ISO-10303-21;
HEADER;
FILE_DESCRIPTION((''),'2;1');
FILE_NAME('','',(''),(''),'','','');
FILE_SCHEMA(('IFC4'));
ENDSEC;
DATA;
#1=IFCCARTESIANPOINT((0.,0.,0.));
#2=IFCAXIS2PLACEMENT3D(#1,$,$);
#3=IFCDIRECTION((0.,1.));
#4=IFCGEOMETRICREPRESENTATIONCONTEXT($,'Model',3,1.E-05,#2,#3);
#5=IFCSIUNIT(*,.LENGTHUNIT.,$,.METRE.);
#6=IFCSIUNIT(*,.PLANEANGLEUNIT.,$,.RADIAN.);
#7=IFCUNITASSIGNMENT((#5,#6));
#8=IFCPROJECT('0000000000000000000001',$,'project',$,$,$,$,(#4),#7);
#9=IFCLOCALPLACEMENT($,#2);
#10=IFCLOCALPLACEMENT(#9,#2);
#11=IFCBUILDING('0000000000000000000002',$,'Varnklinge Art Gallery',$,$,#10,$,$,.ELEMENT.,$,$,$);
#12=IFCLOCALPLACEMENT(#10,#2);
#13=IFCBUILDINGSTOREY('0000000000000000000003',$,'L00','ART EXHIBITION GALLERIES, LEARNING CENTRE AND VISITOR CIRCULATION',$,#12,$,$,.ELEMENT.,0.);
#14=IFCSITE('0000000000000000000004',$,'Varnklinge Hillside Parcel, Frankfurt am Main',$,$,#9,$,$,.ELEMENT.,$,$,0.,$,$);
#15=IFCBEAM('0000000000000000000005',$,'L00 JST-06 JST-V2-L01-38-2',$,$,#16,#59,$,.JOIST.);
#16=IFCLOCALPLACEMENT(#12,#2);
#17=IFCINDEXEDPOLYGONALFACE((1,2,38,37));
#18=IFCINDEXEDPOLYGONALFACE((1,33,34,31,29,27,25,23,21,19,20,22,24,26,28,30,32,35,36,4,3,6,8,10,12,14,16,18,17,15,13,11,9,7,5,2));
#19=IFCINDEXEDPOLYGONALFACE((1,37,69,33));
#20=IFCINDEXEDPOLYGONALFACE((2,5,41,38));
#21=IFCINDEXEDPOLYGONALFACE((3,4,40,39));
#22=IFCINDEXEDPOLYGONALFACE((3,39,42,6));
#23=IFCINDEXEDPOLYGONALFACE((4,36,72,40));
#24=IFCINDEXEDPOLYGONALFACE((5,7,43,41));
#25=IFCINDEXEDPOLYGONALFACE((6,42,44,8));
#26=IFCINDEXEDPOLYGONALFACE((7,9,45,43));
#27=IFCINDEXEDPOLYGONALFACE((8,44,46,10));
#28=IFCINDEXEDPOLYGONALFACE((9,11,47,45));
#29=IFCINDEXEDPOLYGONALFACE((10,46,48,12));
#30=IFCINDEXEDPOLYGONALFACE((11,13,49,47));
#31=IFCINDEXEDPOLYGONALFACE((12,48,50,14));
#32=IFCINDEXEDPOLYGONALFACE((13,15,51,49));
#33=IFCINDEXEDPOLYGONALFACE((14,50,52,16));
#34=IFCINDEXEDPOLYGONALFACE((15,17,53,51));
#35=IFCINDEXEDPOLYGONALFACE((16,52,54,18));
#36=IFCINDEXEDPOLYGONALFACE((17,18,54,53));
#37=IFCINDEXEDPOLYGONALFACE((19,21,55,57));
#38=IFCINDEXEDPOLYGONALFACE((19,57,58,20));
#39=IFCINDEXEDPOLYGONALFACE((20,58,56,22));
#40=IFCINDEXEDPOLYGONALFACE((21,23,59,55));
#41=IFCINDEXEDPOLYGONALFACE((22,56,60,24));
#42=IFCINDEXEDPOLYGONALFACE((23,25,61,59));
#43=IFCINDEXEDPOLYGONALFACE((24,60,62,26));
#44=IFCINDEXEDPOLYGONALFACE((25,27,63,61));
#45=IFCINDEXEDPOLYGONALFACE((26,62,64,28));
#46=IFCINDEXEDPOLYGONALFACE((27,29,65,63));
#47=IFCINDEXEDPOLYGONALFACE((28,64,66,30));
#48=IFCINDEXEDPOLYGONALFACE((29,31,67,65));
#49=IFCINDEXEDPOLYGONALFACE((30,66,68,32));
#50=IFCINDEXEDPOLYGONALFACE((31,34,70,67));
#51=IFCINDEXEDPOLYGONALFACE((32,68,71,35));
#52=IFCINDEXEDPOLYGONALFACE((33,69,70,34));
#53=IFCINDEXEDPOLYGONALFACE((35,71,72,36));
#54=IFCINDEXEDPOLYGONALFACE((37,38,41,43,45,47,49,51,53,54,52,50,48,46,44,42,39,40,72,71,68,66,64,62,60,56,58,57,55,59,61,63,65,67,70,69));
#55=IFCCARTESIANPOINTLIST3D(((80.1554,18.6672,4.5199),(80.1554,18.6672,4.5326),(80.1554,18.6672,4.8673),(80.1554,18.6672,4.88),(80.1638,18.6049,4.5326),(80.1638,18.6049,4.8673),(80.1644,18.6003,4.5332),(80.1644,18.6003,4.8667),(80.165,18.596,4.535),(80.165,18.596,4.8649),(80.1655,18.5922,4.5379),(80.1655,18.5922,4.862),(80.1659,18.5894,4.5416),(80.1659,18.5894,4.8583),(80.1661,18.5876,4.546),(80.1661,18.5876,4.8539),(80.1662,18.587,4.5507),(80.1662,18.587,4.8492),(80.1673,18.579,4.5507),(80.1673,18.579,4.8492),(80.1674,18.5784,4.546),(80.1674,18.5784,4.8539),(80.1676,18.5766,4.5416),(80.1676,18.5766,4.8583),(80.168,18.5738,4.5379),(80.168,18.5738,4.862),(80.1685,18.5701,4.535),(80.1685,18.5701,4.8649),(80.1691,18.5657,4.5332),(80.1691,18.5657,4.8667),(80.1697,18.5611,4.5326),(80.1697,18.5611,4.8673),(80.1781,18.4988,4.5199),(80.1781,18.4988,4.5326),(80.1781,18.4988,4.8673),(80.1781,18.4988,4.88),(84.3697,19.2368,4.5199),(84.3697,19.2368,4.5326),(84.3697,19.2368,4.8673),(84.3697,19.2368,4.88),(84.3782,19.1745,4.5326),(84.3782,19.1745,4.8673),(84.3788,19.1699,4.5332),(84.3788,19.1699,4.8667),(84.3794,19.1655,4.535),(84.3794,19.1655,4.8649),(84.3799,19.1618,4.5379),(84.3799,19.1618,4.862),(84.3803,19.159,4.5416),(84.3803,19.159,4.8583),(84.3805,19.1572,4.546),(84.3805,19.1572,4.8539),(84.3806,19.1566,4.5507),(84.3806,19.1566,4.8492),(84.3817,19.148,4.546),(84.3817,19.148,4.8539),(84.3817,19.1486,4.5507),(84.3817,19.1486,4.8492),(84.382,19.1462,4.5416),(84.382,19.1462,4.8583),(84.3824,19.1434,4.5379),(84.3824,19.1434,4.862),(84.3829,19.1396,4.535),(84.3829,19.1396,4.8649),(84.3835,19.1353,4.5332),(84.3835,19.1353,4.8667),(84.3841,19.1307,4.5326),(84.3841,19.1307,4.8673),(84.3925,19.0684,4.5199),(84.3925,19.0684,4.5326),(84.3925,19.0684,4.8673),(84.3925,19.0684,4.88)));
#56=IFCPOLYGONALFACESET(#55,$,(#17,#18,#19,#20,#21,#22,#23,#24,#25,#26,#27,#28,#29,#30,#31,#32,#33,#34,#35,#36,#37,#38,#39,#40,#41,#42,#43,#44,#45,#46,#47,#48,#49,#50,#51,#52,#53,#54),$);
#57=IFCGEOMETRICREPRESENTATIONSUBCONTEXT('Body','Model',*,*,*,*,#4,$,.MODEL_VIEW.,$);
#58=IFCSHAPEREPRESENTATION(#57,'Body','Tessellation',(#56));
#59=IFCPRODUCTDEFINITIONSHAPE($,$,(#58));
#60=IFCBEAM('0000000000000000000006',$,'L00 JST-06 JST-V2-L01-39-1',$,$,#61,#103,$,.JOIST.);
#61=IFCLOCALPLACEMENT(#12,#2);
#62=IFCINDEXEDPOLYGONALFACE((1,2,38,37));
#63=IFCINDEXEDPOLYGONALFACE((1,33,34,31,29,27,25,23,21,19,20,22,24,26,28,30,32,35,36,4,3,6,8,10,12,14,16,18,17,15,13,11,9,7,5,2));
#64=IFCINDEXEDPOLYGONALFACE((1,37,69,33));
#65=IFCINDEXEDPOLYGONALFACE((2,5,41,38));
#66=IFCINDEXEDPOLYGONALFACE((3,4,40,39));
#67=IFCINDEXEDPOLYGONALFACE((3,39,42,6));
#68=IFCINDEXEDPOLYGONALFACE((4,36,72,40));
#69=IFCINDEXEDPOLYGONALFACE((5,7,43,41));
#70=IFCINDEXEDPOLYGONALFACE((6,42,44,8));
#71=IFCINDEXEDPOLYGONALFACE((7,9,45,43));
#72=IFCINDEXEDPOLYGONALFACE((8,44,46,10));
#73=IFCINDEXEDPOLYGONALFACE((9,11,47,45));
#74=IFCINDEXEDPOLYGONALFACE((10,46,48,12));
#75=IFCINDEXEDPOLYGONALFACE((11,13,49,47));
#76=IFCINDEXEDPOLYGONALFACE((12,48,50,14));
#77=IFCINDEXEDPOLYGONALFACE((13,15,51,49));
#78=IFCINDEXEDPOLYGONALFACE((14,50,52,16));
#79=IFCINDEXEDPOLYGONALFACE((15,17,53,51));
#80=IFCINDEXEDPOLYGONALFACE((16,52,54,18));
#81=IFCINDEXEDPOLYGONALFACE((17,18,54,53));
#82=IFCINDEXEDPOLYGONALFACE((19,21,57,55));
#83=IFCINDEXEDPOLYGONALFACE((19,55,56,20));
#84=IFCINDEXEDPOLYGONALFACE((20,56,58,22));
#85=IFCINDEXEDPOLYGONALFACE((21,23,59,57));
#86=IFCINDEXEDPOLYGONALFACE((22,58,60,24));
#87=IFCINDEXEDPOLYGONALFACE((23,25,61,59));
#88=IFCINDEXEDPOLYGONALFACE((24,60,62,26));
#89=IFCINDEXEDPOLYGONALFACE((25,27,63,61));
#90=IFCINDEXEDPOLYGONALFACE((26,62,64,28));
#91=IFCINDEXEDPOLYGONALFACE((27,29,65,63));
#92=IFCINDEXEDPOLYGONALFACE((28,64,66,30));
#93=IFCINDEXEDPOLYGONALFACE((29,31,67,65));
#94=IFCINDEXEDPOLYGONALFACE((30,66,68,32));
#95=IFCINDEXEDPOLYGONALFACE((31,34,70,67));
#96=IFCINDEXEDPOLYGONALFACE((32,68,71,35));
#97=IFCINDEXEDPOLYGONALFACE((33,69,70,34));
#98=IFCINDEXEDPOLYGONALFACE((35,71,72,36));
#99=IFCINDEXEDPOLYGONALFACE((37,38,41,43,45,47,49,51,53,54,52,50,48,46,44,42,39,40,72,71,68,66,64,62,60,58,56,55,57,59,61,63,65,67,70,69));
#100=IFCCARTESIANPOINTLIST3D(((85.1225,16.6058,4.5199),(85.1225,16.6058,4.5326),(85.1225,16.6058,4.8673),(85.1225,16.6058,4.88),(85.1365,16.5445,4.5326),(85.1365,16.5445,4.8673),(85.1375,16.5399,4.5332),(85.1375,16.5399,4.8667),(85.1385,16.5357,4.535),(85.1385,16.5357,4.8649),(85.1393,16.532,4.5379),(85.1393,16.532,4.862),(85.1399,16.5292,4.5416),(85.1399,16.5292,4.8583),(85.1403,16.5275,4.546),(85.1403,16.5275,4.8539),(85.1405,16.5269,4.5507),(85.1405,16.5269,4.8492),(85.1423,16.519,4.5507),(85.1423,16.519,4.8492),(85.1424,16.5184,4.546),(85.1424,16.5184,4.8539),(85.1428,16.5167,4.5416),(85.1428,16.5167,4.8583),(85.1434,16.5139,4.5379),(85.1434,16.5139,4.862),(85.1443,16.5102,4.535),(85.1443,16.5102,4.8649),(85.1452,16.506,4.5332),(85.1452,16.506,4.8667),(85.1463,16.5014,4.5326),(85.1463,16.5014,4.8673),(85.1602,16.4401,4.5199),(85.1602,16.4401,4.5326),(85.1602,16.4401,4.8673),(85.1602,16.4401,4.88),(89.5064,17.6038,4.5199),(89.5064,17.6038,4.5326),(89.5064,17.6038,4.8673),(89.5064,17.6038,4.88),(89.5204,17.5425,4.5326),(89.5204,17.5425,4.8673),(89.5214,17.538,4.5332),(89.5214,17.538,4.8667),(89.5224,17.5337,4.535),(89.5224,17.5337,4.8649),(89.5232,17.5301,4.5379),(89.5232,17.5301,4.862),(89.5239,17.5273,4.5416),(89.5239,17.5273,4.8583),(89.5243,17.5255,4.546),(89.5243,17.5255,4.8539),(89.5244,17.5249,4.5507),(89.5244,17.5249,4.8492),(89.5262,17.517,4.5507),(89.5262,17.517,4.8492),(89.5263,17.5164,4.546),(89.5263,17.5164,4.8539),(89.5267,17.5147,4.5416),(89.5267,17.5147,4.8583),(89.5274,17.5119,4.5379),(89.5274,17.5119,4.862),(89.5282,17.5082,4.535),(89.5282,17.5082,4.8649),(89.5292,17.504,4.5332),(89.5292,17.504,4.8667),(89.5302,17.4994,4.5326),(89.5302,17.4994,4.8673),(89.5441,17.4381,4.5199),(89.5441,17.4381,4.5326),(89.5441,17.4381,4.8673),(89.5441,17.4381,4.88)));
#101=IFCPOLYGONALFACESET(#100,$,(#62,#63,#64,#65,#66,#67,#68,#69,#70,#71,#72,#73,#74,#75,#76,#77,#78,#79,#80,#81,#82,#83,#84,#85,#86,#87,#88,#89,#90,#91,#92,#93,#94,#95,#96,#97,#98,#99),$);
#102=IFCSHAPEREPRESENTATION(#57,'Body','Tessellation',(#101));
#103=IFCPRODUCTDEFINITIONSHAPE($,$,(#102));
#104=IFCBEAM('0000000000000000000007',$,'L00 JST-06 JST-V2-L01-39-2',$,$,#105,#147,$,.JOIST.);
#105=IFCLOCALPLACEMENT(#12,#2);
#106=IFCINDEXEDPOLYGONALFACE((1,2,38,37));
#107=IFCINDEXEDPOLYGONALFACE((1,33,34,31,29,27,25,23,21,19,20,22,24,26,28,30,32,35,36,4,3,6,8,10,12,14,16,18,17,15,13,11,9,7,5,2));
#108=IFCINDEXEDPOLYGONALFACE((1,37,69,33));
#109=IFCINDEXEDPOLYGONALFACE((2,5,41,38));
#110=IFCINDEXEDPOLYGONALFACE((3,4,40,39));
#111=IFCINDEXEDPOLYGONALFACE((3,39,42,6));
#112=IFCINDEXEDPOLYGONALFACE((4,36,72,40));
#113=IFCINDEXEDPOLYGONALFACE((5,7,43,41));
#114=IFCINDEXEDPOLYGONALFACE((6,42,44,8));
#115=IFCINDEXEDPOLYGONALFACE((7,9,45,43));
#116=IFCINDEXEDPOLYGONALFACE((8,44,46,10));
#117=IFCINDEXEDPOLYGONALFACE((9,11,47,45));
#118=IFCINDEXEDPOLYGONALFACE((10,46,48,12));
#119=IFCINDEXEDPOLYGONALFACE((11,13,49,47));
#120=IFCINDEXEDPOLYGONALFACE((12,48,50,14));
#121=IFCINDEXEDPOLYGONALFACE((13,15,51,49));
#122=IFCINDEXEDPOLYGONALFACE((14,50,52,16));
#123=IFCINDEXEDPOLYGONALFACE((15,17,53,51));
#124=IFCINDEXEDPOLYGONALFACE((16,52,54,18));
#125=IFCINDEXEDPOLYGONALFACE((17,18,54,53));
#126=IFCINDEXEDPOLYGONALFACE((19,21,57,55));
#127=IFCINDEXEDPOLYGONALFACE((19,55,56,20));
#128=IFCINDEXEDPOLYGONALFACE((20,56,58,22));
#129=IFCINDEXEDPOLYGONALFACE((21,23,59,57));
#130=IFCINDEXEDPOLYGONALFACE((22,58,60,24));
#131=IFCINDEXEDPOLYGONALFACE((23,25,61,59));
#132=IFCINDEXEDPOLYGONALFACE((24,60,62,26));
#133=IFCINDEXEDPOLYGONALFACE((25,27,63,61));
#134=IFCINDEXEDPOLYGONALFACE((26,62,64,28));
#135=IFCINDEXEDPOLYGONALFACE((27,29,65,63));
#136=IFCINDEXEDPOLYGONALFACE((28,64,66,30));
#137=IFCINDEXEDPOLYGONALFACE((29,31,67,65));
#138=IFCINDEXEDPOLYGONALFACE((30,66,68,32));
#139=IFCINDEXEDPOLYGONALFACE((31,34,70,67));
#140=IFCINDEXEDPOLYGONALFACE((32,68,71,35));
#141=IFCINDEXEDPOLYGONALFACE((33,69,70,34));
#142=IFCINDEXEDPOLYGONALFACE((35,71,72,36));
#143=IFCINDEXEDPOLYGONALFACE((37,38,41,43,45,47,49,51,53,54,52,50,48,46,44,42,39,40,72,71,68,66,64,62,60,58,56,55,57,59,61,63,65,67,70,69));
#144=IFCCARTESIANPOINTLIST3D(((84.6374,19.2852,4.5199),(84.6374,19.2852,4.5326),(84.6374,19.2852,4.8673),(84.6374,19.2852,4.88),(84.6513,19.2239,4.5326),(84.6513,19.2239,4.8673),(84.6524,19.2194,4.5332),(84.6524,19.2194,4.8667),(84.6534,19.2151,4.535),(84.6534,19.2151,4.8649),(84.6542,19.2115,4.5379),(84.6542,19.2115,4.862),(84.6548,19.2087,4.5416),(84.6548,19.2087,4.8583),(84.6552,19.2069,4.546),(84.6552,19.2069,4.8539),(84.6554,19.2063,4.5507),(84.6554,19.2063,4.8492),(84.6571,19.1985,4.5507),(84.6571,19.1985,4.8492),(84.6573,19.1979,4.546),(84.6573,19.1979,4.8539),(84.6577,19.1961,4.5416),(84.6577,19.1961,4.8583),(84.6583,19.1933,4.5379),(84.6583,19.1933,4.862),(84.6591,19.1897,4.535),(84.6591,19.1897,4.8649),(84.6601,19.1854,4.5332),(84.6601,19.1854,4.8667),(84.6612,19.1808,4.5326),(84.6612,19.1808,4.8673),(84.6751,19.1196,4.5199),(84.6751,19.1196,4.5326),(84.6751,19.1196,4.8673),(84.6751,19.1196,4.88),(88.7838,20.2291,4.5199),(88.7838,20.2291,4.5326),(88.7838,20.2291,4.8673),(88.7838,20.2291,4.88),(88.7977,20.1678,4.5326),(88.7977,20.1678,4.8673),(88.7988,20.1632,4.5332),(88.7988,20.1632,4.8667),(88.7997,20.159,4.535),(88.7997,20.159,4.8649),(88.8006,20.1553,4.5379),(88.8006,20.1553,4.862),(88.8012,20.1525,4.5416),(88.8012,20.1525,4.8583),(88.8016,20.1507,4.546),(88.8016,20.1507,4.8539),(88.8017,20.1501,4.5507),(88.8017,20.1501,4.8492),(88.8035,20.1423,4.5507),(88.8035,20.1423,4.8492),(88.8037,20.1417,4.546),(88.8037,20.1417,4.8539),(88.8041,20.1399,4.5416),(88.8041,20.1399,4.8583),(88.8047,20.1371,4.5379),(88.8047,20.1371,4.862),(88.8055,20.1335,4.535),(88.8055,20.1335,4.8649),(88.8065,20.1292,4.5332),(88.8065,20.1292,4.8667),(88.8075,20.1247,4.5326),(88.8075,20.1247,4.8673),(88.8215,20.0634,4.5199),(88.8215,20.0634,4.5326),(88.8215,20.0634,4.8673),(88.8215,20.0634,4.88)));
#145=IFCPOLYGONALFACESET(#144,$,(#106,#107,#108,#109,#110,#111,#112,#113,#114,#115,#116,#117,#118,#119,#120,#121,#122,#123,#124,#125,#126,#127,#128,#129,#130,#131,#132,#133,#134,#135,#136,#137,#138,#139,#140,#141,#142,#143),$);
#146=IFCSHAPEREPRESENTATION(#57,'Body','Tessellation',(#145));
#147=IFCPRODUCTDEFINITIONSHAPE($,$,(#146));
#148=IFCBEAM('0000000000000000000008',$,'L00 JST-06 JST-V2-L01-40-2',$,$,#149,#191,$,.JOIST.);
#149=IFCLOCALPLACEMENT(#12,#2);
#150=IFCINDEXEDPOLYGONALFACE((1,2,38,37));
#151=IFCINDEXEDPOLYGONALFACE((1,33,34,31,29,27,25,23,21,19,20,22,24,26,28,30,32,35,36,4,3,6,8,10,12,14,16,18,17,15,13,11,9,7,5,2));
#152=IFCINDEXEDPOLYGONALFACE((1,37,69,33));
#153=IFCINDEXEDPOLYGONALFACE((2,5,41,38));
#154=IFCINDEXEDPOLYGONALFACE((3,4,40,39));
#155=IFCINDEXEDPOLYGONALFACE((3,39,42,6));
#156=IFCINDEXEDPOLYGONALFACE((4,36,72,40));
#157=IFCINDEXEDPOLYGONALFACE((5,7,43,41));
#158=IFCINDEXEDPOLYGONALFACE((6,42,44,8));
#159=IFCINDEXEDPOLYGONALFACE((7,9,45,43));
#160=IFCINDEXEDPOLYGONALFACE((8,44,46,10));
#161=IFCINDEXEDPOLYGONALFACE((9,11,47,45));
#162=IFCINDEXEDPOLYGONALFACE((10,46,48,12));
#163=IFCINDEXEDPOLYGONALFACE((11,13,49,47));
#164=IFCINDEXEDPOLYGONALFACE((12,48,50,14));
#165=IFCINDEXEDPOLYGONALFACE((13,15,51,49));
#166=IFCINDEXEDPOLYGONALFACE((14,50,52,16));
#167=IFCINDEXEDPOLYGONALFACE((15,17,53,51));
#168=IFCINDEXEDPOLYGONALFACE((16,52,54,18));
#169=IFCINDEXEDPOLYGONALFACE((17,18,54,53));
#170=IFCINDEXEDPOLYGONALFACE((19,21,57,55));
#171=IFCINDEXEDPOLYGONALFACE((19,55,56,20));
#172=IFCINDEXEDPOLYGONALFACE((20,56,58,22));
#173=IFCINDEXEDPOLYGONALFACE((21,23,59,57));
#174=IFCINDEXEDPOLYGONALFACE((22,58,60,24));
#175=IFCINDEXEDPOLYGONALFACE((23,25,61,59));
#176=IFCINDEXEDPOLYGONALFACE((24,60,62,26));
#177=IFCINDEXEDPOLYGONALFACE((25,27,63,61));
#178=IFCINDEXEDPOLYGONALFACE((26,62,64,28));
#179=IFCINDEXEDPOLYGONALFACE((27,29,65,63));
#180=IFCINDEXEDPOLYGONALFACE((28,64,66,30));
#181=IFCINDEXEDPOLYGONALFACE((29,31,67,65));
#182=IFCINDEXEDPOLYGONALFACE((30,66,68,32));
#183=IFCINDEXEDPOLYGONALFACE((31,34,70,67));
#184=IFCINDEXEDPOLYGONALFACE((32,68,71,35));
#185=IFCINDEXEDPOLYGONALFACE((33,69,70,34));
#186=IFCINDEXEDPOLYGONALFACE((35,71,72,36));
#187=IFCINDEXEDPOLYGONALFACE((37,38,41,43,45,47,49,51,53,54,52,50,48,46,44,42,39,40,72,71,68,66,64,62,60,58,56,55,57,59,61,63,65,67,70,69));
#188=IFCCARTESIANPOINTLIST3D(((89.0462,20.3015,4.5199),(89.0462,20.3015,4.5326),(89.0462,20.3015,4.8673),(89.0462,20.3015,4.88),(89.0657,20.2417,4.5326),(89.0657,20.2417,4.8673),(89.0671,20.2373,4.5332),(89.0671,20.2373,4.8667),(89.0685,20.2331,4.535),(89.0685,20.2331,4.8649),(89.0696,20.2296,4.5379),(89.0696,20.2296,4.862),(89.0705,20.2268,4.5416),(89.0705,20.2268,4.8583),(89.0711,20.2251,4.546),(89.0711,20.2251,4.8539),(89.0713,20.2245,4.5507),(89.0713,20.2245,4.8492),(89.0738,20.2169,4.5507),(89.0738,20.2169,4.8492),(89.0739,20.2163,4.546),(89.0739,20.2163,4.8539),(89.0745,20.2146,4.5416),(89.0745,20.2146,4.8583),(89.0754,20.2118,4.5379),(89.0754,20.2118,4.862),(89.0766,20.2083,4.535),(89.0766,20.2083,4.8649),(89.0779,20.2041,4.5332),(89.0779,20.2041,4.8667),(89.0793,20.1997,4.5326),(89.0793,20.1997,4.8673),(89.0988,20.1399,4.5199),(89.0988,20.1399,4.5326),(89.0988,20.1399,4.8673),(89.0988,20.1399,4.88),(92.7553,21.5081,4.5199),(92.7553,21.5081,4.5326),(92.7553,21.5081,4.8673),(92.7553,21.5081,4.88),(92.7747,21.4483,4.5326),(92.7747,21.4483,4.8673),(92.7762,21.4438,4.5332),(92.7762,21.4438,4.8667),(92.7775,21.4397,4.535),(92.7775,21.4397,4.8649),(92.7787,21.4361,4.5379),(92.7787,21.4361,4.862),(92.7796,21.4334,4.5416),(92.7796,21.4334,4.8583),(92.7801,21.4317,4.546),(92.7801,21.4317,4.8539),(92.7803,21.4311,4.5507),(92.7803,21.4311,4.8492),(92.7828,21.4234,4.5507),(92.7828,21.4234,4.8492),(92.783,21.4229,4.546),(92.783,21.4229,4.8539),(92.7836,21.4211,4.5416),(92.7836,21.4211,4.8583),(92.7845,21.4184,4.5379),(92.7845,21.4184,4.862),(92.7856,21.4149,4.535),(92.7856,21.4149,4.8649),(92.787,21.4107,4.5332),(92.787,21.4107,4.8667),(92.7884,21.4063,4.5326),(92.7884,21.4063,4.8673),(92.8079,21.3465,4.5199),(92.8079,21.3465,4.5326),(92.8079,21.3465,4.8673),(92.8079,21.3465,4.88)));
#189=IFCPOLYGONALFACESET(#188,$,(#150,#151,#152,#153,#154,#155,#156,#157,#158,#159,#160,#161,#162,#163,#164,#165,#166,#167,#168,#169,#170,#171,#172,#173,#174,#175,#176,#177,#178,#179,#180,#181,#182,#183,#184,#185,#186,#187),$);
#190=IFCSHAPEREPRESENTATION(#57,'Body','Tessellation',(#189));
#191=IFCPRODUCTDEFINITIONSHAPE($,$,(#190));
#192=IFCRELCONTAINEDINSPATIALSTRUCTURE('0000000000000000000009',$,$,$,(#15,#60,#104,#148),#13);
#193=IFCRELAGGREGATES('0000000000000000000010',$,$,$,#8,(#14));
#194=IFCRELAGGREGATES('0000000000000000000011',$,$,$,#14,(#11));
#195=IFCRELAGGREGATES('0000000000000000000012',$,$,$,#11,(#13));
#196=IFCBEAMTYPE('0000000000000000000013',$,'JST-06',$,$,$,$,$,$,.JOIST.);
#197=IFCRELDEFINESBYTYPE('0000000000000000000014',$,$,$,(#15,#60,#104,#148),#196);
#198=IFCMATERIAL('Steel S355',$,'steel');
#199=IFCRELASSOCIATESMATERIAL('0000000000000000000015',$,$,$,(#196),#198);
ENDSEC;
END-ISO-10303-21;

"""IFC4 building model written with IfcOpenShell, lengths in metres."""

from ifc_helpers import new_model, si_unit, direction, frame, origin, origin_2d, place, context, subcontext, project, spatial, i_section, extrude, material, material_profile, profile_set, type_object, element, save


model = new_model("IFC4")

# Units and contexts
model_context = context("Model", 3, precision=1e-05, world=origin(), true_north=direction((0.0, 1.0)))
body_context = subcontext(model_context, "Body", "Model", "MODEL_VIEW")
ifc_project = project(units=[si_unit("LENGTHUNIT", "METRE"), si_unit("PLANEANGLEUNIT", "RADIAN")], contexts=[model_context])

# Site, building, storey
site_placement = place(None, origin())
site = spatial("IfcSite", under=ifc_project, at=site_placement, Name="Varnklinge Hillside Parcel, Frankfurt am Main", CompositionType="ELEMENT", RefElevation=0.0)
building_placement = place(site_placement, origin())
building = spatial("IfcBuilding", under=site, at=building_placement, Name="Varnklinge Art Gallery", CompositionType="ELEMENT")
storey_placement = place(building_placement, origin())
storey = spatial("IfcBuildingStorey", under=building, at=storey_placement, Name="L00", Description="ART EXHIBITION GALLERIES, LEARNING CENTRE AND VISITOR CIRCULATION", CompositionType="ELEMENT", Elevation=0.0)

# Beams
ifc_material_1 = material(Name="Steel S355", Category="steel")
ifc_material_profile_1 = material_profile(ifc_material_1, i_section(OverallWidth=0.1699, OverallDepth=0.3601, WebThickness=0.0081, FlangeThickness=0.0127, FilletRadius=0.0181, at=origin_2d()), Name="IPE 360")
ifc_profile_set_1 = profile_set([ifc_material_profile_1], Name="Steel S355")
beam_type_1 = type_object("IfcBeamType", Name="JST-06", PredefinedType="JOIST", material=ifc_profile_set_1)
beam_1_placement = place(storey_placement, frame((80.1667, 18.583, 4.7), z_axis=(0.99099, 0.133935, 0.0), x_axis=(-0.133935, 0.99099, 0.0)))
element("IfcBeam", 1, at=beam_1_placement, inside=storey, type_object=beam_type_1, Name="L00 JST-06 JST-V2-L01-38-2", PredefinedType="JOIST", context=body_context, shape_type="SweptSolid", body=[
    extrude(i_section(OverallWidth=0.1699, OverallDepth=0.3601, WebThickness=0.0081, FlangeThickness=0.0127, FilletRadius=0.0181, at=origin_2d()), origin(), (0.0, 0.0, 1.0), 4.2527),
])
beam_2_placement = place(storey_placement, frame((85.1414, 16.5229, 4.7), z_axis=(0.975052, 0.221975, 0.0), x_axis=(-0.221975, 0.975052, 0.0)))
element("IfcBeam", 2, at=beam_2_placement, inside=storey, type_object=beam_type_1, Name="L00 JST-06 JST-V2-L01-39-1", PredefinedType="JOIST", context=body_context, shape_type="SweptSolid", body=[
    extrude(i_section(OverallWidth=0.1699, OverallDepth=0.3601, WebThickness=0.0081, FlangeThickness=0.0127, FilletRadius=0.0181, at=origin_2d()), origin(), (0.0, 0.0, 1.0), 4.4961),
])
beam_3_placement = place(storey_placement, frame((84.6562, 19.2024, 4.7), z_axis=(0.975058, 0.221949, 0.0), x_axis=(-0.221949, 0.975058, 0.0)))
element("IfcBeam", 3, at=beam_3_placement, inside=storey, type_object=beam_type_1, Name="L00 JST-06 JST-V2-L01-39-2", PredefinedType="JOIST", context=body_context, shape_type="SweptSolid", body=[
    extrude(i_section(OverallWidth=0.1699, OverallDepth=0.3601, WebThickness=0.0081, FlangeThickness=0.0127, FilletRadius=0.0181, at=origin_2d()), origin(), (0.0, 0.0, 1.0), 4.2524),
])
beam_4_placement = place(storey_placement, frame((89.0725, 20.2207, 4.7), z_axis=(0.950949, 0.309346, 0.0), x_axis=(-0.309346, 0.950949, 0.0)))
element("IfcBeam", 4, at=beam_4_placement, inside=storey, type_object=beam_type_1, Name="L00 JST-06 JST-V2-L01-40-2", PredefinedType="JOIST", context=body_context, shape_type="SweptSolid", body=[
    extrude(i_section(OverallWidth=0.1699, OverallDepth=0.3601, WebThickness=0.0081, FlangeThickness=0.0127, FilletRadius=0.0181, at=origin_2d()), origin(), (0.0, 0.0, 1.0), 3.9004),
])

save(model, "model.ifc")
